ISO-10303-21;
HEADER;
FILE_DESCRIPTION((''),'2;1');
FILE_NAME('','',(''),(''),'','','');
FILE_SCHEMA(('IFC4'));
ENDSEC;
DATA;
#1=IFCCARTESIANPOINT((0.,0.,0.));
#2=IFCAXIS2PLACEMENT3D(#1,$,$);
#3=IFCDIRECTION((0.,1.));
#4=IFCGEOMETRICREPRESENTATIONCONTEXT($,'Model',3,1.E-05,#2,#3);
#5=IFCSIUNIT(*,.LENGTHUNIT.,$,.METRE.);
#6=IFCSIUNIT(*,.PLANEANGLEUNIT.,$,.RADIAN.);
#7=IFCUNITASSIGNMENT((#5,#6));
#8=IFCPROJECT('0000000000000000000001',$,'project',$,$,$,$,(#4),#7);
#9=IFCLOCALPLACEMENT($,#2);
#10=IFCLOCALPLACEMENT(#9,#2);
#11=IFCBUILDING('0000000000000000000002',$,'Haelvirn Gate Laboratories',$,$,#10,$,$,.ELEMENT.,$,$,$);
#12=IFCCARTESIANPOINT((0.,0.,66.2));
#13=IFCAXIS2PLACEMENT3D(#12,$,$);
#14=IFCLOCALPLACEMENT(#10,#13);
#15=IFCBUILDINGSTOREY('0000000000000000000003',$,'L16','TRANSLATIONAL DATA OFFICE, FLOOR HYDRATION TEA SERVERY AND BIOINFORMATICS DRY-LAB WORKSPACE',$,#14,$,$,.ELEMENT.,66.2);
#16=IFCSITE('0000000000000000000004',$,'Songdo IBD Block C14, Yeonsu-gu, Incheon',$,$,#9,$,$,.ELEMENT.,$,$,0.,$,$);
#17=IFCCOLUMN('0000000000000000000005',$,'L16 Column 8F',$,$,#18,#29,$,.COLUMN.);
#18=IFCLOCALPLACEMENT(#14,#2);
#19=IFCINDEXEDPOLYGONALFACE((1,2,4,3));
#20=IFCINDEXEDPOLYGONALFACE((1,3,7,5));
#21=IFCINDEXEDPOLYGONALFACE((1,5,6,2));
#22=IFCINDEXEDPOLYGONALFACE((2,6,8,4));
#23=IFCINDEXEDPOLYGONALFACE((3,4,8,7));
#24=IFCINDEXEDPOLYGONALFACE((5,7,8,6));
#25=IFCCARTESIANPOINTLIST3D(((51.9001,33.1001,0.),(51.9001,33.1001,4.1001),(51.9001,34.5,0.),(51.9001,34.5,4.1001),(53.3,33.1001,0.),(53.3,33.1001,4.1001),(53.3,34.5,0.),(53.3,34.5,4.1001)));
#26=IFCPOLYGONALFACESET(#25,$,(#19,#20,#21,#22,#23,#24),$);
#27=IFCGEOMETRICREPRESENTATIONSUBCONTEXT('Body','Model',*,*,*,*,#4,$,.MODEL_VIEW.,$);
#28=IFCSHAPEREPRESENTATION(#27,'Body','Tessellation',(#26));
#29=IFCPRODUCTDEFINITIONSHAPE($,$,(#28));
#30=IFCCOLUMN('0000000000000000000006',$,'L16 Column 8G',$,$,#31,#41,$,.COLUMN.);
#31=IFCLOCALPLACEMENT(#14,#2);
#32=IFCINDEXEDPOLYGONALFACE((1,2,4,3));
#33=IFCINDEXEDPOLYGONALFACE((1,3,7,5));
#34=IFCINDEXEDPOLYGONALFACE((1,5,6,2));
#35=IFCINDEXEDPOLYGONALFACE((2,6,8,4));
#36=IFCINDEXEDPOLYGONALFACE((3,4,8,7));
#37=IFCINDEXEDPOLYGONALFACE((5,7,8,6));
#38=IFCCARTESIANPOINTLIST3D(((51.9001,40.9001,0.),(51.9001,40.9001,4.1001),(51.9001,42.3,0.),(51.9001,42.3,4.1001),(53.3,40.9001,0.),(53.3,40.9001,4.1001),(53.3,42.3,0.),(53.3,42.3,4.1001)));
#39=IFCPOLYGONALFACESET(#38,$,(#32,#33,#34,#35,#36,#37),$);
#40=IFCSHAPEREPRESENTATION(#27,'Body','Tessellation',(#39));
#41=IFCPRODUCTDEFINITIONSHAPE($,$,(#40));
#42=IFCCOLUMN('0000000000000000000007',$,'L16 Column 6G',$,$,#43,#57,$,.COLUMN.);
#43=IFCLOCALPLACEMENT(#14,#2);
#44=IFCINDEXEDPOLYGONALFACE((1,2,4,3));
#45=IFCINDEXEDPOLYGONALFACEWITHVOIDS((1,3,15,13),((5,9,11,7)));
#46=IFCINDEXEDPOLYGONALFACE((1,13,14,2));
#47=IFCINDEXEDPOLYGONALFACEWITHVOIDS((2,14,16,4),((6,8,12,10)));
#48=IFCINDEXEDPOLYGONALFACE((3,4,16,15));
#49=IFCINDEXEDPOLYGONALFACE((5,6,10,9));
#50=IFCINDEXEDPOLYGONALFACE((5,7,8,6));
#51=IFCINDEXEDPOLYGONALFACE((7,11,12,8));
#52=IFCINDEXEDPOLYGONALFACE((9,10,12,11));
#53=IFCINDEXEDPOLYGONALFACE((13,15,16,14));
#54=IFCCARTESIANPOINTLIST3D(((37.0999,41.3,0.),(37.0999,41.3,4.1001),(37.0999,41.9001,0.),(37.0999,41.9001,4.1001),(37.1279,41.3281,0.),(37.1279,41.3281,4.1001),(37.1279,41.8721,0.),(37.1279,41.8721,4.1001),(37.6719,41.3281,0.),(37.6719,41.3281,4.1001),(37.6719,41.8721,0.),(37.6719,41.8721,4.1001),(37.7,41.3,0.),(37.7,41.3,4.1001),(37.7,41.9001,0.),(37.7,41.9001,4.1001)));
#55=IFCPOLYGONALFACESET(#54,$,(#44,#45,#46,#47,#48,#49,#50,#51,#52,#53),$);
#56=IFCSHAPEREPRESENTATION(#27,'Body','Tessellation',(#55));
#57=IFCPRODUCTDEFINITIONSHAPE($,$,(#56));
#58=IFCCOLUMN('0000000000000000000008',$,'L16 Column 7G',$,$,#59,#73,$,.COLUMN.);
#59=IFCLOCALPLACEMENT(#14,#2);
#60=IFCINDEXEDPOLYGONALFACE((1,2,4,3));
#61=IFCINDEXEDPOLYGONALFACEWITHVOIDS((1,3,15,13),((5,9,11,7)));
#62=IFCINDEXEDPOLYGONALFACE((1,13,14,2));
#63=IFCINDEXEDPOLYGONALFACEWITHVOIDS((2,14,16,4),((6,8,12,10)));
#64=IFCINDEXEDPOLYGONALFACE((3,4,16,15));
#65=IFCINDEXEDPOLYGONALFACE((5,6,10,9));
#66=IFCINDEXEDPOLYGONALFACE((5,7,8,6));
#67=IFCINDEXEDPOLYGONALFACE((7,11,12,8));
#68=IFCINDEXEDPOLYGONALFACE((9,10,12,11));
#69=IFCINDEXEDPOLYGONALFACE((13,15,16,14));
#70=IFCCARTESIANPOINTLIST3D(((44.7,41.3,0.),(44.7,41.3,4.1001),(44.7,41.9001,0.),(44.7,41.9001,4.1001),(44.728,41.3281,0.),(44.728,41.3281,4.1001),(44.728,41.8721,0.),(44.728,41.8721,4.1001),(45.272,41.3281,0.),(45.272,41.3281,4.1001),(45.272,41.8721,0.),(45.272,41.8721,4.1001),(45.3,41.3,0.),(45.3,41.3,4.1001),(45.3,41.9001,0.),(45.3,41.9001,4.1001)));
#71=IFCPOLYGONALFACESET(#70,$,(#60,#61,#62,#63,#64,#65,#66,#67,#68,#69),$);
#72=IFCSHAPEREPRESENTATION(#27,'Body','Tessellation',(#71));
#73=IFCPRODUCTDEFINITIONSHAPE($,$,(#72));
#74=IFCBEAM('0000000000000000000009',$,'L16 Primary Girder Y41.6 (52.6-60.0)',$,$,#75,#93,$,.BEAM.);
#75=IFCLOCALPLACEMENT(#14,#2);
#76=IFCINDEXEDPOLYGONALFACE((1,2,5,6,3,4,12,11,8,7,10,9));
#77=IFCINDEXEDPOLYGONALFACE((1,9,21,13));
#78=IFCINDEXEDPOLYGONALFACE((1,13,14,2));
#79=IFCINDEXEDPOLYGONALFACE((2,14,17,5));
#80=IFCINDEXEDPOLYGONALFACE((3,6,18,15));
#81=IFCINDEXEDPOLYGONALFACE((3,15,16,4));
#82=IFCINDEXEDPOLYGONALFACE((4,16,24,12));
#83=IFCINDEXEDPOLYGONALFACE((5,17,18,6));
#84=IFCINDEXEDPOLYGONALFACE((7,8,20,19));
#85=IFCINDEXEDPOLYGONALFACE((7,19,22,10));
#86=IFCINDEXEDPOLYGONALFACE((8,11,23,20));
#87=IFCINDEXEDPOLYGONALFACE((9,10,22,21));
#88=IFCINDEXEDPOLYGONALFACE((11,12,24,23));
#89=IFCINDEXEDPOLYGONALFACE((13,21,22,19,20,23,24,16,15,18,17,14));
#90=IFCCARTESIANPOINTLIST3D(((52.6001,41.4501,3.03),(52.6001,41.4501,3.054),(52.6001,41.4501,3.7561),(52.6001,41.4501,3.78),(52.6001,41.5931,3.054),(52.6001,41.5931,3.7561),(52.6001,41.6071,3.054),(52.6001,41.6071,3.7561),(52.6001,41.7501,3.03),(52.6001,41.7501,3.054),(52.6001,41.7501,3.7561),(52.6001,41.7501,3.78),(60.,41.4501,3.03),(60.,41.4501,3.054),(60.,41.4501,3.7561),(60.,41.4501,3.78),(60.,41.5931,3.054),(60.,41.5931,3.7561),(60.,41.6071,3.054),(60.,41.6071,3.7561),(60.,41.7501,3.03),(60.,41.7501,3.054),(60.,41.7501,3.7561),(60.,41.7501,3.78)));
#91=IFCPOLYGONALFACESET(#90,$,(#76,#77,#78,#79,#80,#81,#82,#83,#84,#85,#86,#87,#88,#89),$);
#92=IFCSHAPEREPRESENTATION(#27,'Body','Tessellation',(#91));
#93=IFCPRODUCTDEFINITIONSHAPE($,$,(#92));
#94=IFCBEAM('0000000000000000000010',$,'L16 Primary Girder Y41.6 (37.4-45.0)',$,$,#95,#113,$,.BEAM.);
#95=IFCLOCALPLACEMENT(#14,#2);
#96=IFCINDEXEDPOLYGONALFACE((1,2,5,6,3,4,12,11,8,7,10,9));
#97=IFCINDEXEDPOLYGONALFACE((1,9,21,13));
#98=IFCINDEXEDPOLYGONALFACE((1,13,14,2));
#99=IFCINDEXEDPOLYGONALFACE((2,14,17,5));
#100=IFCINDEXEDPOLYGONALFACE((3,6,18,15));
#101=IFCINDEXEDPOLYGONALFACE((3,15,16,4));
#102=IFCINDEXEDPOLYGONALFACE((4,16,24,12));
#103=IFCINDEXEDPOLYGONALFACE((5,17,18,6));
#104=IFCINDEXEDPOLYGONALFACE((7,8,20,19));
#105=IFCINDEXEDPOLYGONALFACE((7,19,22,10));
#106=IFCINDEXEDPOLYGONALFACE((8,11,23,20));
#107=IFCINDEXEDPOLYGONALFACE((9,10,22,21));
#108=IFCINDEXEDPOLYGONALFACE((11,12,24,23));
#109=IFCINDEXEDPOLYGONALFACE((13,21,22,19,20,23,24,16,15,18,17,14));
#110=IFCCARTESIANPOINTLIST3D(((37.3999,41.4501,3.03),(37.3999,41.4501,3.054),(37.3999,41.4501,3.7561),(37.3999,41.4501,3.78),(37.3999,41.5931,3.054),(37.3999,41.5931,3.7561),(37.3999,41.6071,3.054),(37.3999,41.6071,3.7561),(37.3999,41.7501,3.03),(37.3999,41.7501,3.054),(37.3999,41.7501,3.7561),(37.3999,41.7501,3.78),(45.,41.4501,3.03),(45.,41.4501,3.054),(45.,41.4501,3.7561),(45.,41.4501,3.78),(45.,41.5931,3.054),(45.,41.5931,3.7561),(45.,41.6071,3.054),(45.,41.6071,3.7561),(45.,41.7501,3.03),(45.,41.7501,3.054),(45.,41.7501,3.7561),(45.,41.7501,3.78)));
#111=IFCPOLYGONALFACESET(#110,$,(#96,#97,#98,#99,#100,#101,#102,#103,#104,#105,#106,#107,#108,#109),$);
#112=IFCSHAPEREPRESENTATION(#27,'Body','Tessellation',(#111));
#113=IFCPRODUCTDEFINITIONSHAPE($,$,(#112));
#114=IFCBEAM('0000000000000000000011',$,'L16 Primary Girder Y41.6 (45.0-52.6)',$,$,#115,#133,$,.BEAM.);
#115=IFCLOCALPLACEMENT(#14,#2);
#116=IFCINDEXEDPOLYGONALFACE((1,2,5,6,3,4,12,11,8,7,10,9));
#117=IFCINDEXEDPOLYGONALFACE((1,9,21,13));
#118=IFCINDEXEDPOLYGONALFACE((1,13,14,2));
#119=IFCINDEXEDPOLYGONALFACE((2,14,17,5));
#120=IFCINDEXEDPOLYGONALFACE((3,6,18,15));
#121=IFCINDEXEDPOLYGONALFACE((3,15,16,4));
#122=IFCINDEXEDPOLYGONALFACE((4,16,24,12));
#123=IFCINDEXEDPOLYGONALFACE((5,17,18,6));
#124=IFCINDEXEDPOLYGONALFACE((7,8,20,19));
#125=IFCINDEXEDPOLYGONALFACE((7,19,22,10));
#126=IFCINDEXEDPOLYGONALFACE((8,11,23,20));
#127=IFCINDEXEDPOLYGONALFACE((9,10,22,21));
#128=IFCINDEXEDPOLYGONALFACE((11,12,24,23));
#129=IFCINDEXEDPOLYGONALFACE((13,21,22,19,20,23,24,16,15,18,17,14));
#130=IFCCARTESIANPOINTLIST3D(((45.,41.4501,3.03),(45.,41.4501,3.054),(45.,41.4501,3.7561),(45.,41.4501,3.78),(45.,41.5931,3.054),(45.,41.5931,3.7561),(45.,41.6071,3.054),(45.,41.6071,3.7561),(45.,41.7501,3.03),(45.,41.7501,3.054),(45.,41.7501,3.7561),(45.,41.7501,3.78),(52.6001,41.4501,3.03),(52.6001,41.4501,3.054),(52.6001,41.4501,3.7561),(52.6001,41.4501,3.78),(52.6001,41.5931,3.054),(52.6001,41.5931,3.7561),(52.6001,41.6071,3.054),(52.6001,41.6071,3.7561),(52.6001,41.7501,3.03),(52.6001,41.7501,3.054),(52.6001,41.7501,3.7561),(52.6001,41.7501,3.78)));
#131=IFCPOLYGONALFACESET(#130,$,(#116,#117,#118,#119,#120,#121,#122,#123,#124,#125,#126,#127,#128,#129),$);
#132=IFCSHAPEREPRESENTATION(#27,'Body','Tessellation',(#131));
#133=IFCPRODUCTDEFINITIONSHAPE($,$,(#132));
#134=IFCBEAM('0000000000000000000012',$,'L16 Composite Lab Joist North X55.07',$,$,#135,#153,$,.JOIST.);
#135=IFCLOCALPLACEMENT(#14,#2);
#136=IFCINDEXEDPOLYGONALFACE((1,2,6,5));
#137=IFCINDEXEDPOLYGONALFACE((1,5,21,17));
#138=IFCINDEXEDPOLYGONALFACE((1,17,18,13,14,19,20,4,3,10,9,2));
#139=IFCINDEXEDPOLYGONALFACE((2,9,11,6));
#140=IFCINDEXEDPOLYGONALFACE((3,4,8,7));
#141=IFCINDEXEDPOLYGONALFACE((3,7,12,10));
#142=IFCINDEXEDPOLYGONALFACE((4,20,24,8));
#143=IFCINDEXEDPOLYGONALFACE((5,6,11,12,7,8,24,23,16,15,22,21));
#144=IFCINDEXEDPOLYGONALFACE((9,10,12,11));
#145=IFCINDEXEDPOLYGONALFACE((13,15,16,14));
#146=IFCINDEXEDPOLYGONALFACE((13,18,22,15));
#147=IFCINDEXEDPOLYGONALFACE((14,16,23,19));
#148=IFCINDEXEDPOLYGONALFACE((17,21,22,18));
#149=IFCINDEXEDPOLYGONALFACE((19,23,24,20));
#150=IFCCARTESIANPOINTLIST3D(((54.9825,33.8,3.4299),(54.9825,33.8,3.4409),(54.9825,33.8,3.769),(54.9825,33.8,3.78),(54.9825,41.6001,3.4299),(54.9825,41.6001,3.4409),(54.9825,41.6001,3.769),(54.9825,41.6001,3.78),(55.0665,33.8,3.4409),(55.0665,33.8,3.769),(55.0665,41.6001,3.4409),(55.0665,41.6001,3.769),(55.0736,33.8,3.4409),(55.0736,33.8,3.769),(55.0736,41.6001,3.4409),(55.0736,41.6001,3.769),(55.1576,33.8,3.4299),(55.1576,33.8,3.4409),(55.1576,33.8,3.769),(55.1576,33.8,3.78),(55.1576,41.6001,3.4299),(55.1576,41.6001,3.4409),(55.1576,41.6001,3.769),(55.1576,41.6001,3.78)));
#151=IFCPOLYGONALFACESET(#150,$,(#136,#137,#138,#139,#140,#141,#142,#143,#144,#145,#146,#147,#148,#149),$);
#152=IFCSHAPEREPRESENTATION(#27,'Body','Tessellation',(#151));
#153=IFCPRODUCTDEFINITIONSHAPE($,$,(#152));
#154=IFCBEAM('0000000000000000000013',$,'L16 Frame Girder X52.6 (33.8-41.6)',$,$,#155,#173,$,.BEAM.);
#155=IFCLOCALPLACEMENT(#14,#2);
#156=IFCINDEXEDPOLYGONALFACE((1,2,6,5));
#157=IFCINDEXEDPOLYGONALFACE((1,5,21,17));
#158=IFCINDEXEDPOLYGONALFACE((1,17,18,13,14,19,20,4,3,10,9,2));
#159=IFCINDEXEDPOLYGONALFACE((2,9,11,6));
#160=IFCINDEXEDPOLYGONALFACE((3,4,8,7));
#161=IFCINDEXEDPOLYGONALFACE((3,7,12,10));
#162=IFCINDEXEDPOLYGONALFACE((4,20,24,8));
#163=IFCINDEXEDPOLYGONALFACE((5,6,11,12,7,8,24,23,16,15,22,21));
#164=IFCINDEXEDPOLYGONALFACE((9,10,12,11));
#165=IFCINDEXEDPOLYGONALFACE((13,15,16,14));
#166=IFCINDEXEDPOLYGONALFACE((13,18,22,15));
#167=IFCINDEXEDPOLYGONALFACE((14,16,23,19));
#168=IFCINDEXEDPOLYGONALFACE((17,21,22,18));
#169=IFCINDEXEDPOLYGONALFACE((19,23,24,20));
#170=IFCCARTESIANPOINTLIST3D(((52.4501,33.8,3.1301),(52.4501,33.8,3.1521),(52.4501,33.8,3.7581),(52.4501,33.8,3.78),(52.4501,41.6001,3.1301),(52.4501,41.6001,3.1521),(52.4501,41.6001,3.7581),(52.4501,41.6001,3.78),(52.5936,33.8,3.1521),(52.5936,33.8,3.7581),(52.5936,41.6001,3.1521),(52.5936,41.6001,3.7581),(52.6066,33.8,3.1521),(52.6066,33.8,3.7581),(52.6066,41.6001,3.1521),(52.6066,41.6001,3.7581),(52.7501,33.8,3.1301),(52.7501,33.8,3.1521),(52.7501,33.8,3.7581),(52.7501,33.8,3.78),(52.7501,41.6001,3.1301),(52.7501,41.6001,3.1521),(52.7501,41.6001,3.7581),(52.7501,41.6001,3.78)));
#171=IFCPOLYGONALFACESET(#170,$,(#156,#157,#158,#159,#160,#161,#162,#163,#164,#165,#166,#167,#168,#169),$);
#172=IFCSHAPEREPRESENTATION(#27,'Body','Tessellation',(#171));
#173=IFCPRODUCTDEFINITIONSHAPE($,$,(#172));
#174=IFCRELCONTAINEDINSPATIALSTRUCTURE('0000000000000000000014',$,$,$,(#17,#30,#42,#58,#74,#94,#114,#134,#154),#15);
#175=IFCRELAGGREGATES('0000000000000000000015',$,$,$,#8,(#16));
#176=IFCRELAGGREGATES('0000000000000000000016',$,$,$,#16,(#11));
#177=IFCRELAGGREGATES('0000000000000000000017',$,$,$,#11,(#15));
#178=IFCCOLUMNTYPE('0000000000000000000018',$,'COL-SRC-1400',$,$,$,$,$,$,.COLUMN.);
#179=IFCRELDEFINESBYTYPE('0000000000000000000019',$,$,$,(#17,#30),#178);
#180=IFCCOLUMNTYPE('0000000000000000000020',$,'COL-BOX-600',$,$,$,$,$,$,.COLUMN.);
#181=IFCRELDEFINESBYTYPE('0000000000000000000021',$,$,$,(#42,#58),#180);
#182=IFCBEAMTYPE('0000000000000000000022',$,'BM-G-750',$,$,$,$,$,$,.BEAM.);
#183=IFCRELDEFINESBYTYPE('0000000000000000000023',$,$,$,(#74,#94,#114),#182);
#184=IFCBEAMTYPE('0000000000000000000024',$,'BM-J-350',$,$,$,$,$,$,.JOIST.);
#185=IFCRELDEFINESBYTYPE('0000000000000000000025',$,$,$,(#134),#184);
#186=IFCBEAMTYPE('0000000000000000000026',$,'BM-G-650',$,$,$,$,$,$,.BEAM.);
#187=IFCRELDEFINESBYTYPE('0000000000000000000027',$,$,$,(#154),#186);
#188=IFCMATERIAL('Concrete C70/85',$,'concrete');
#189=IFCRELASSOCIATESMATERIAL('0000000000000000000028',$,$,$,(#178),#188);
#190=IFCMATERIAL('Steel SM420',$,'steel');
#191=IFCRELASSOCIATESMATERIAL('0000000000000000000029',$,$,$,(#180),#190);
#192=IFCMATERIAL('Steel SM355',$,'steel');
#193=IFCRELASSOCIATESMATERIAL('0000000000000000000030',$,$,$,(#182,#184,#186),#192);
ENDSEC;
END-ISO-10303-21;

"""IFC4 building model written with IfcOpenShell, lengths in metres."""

from ifc_helpers import new_model, si_unit, direction, frame, origin, origin_2d, place, context, subcontext, project, spatial, rectangle, hollow_rectangle, i_section, extrude, source, transform, mapped, material, material_profile, profile_set, type_object, type_shapes, element, save


model = new_model("IFC4")

# Units and contexts
model_context = context("Model", 3, precision=1e-05, world=origin(), true_north=direction((0.0, 1.0)))
body_context = subcontext(model_context, "Body", "Model", "MODEL_VIEW")
ifc_project = project(units=[si_unit("LENGTHUNIT", "METRE"), si_unit("PLANEANGLEUNIT", "RADIAN")], contexts=[model_context])

# Site, building, storey
site_placement = place(None, origin())
site = spatial("IfcSite", under=ifc_project, at=site_placement, Name="Songdo IBD Block C14, Yeonsu-gu, Incheon", CompositionType="ELEMENT", RefElevation=0.0)
building_placement = place(site_placement, origin())
building = spatial("IfcBuilding", under=site, at=building_placement, Name="Haelvirn Gate Laboratories", CompositionType="ELEMENT")
storey_placement = place(building_placement, frame((0.0, 0.0, 66.2)))
storey = spatial("IfcBuildingStorey", under=building, at=storey_placement, Name="L16", Description="TRANSLATIONAL DATA OFFICE, FLOOR HYDRATION TEA SERVERY AND BIOINFORMATICS DRY-LAB WORKSPACE", CompositionType="ELEMENT", Elevation=66.2)

# Columns
ifc_material_1 = material(Name="Concrete C70/85", Category="concrete")
ifc_material_profile_1 = material_profile(ifc_material_1, rectangle(XDim=1.3999, YDim=1.3999, at=origin_2d()), Name="SRC-1400x1400")
ifc_profile_set_1 = profile_set([ifc_material_profile_1], Name="Concrete C70/85")
column_type_1 = type_object("IfcColumnType", Name="COL-SRC-1400", PredefinedType="COLUMN", material=ifc_profile_set_1)
shared_shape_1 = source(origin(), body_context, "Body", "SweptSolid", [
    extrude(rectangle(XDim=1.3999, YDim=1.3999, at=origin_2d()), origin(), (0.0, 0.0, 1.0), 4.1001),
])
type_shapes(column_type_1, [shared_shape_1])
for number, where, z_axis, x_axis, name in (
    (1, (52.6001, 33.8, 0.0), (0.0, 0.0, 1.0), (1.0, 0.0, 0.0), "L16 Column 8F"),
    (2, (52.6001, 41.6001, 0.0), (0.0, 0.0, 1.0), (1.0, 0.0, 0.0), "L16 Column 8G"),
):
    element("IfcColumn", number, at=place(storey_placement, frame(where, z_axis=z_axis, x_axis=x_axis)), inside=storey, type_object=column_type_1, Name=name, PredefinedType="COLUMN", context=body_context, shape_type="MappedRepresentation", body=[
        mapped(shared_shape_1, transform((0.0, 0.0, 0.0), scale=1.0)),
    ])
ifc_material_2 = material(Name="Steel SM420", Category="steel")
ifc_material_profile_2 = material_profile(ifc_material_2, hollow_rectangle(XDim=0.6001, YDim=0.6001, WallThickness=0.0281, at=origin_2d()), Name="BOX-600x600x28")
ifc_profile_set_2 = profile_set([ifc_material_profile_2], Name="Steel SM420")
column_type_2 = type_object("IfcColumnType", Name="COL-BOX-600", PredefinedType="COLUMN", material=ifc_profile_set_2)
shared_shape_2 = source(origin(), body_context, "Body", "SweptSolid", [
    extrude(hollow_rectangle(XDim=0.6001, YDim=0.6001, WallThickness=0.0281, at=origin_2d()), origin(), (0.0, 0.0, 1.0), 4.1001),
])
type_shapes(column_type_2, [shared_shape_2])
for number, where, z_axis, x_axis, name in (
    (3, (37.3999, 41.6001, 0.0), (0.0, 0.0, 1.0), (1.0, 0.0, 0.0), "L16 Column 6G"),
    (4, (45.0, 41.6001, 0.0), (0.0, 0.0, 1.0), (1.0, 0.0, 0.0), "L16 Column 7G"),
):
    element("IfcColumn", number, at=place(storey_placement, frame(where, z_axis=z_axis, x_axis=x_axis)), inside=storey, type_object=column_type_2, Name=name, PredefinedType="COLUMN", context=body_context, shape_type="MappedRepresentation", body=[
        mapped(shared_shape_2, transform((0.0, 0.0, 0.0), scale=1.0)),
    ])

# Beams
ifc_material_3 = material(Name="Steel SM355", Category="steel")
ifc_material_profile_3 = material_profile(ifc_material_3, i_section(OverallWidth=0.3, OverallDepth=0.75, WebThickness=0.0139, FlangeThickness=0.0239, at=origin_2d()), Name="H-750x300x14x24")
ifc_profile_set_3 = profile_set([ifc_material_profile_3], Name="Steel SM355")
beam_type_1 = type_object("IfcBeamType", Name="BM-G-750", PredefinedType="BEAM", material=ifc_profile_set_3)
shared_shape_3 = source(origin(), body_context, "Body", "SweptSolid", [
    extrude(i_section(OverallWidth=0.3, OverallDepth=0.75, WebThickness=0.0139, FlangeThickness=0.0239, at=origin_2d()), origin(), (0.0, 0.0, 1.0), 7.3999),
])
beam_1_placement = place(storey_placement, frame((52.6001, 41.6001, 3.405), z_axis=(1.0, 0.0, 0.0), x_axis=(0.0, 1.0, 0.0)))
element("IfcBeam", 5, at=beam_1_placement, inside=storey, type_object=beam_type_1, Name="L16 Primary Girder Y41.6 (52.6-60.0)", PredefinedType="BEAM", context=body_context, shape_type="MappedRepresentation", body=[
    mapped(shared_shape_3, transform((0.0, 0.0, 0.0), scale=1.0)),
])
shared_shape_4 = source(origin(), body_context, "Body", "SweptSolid", [
    extrude(i_section(OverallWidth=0.3, OverallDepth=0.75, WebThickness=0.0139, FlangeThickness=0.0239, at=origin_2d()), origin(), (0.0, 0.0, 1.0), 7.6001),
])
type_shapes(beam_type_1, [shared_shape_3, shared_shape_4])
for number, where, z_axis, x_axis, name in (
    (6, (37.3999, 41.6001, 3.405), (1.0, 0.0, 0.0), (0.0, 1.0, 0.0), "L16 Primary Girder Y41.6 (37.4-45.0)"),
    (7, (45.0, 41.6001, 3.405), (1.0, 0.0, 0.0), (0.0, 1.0, 0.0), "L16 Primary Girder Y41.6 (45.0-52.6)"),
):
    element("IfcBeam", number, at=place(storey_placement, frame(where, z_axis=z_axis, x_axis=x_axis)), inside=storey, type_object=beam_type_1, Name=name, PredefinedType="BEAM", context=body_context, shape_type="MappedRepresentation", body=[
        mapped(shared_shape_4, transform((0.0, 0.0, 0.0), scale=1.0)),
    ])
ifc_material_profile_4 = material_profile(ifc_material_3, i_section(OverallWidth=0.175, OverallDepth=0.3501, WebThickness=0.0071, FlangeThickness=0.011, at=origin_2d()), Name="H-350x175x7x11")
ifc_profile_set_4 = profile_set([ifc_material_profile_4], Name="Steel SM355")
beam_type_2 = type_object("IfcBeamType", Name="BM-J-350", PredefinedType="JOIST", material=ifc_profile_set_4)
shared_shape_5 = source(origin(), body_context, "Body", "SweptSolid", [
    extrude(i_section(OverallWidth=0.175, OverallDepth=0.3501, WebThickness=0.0071, FlangeThickness=0.011, at=origin_2d()), origin(), (0.0, 0.0, 1.0), 7.8),
])
type_shapes(beam_type_2, [shared_shape_5])
beam_2_placement = place(storey_placement, frame((55.0701, 33.8, 3.605), z_axis=(0.0, 1.0, 0.0), x_axis=(-1.0, 0.0, 0.0)))
element("IfcBeam", 8, at=beam_2_placement, inside=storey, type_object=beam_type_2, Name="L16 Composite Lab Joist North X55.07", PredefinedType="JOIST", context=body_context, shape_type="MappedRepresentation", body=[
    mapped(shared_shape_5, transform((0.0, 0.0, 0.0), scale=1.0)),
])
ifc_material_profile_5 = material_profile(ifc_material_3, i_section(OverallWidth=0.3, OverallDepth=0.6499, WebThickness=0.0129, FlangeThickness=0.022, at=origin_2d()), Name="H-650x300x13x22")
ifc_profile_set_5 = profile_set([ifc_material_profile_5], Name="Steel SM355")
beam_type_3 = type_object("IfcBeamType", Name="BM-G-650", PredefinedType="BEAM", material=ifc_profile_set_5)
shared_shape_6 = source(origin(), body_context, "Body", "SweptSolid", [
    extrude(i_section(OverallWidth=0.3, OverallDepth=0.6499, WebThickness=0.0129, FlangeThickness=0.022, at=origin_2d()), origin(), (0.0, 0.0, 1.0), 7.8),
])
type_shapes(beam_type_3, [shared_shape_6])
beam_3_placement = place(storey_placement, frame((52.6001, 33.8, 3.4551), z_axis=(0.0, 1.0, 0.0), x_axis=(-1.0, 0.0, 0.0)))
element("IfcBeam", 9, at=beam_3_placement, inside=storey, type_object=beam_type_3, Name="L16 Frame Girder X52.6 (33.8-41.6)", PredefinedType="BEAM", context=body_context, shape_type="MappedRepresentation", body=[
    mapped(shared_shape_6, transform((0.0, 0.0, 0.0), scale=1.0)),
])

save(model, "model.ifc")
